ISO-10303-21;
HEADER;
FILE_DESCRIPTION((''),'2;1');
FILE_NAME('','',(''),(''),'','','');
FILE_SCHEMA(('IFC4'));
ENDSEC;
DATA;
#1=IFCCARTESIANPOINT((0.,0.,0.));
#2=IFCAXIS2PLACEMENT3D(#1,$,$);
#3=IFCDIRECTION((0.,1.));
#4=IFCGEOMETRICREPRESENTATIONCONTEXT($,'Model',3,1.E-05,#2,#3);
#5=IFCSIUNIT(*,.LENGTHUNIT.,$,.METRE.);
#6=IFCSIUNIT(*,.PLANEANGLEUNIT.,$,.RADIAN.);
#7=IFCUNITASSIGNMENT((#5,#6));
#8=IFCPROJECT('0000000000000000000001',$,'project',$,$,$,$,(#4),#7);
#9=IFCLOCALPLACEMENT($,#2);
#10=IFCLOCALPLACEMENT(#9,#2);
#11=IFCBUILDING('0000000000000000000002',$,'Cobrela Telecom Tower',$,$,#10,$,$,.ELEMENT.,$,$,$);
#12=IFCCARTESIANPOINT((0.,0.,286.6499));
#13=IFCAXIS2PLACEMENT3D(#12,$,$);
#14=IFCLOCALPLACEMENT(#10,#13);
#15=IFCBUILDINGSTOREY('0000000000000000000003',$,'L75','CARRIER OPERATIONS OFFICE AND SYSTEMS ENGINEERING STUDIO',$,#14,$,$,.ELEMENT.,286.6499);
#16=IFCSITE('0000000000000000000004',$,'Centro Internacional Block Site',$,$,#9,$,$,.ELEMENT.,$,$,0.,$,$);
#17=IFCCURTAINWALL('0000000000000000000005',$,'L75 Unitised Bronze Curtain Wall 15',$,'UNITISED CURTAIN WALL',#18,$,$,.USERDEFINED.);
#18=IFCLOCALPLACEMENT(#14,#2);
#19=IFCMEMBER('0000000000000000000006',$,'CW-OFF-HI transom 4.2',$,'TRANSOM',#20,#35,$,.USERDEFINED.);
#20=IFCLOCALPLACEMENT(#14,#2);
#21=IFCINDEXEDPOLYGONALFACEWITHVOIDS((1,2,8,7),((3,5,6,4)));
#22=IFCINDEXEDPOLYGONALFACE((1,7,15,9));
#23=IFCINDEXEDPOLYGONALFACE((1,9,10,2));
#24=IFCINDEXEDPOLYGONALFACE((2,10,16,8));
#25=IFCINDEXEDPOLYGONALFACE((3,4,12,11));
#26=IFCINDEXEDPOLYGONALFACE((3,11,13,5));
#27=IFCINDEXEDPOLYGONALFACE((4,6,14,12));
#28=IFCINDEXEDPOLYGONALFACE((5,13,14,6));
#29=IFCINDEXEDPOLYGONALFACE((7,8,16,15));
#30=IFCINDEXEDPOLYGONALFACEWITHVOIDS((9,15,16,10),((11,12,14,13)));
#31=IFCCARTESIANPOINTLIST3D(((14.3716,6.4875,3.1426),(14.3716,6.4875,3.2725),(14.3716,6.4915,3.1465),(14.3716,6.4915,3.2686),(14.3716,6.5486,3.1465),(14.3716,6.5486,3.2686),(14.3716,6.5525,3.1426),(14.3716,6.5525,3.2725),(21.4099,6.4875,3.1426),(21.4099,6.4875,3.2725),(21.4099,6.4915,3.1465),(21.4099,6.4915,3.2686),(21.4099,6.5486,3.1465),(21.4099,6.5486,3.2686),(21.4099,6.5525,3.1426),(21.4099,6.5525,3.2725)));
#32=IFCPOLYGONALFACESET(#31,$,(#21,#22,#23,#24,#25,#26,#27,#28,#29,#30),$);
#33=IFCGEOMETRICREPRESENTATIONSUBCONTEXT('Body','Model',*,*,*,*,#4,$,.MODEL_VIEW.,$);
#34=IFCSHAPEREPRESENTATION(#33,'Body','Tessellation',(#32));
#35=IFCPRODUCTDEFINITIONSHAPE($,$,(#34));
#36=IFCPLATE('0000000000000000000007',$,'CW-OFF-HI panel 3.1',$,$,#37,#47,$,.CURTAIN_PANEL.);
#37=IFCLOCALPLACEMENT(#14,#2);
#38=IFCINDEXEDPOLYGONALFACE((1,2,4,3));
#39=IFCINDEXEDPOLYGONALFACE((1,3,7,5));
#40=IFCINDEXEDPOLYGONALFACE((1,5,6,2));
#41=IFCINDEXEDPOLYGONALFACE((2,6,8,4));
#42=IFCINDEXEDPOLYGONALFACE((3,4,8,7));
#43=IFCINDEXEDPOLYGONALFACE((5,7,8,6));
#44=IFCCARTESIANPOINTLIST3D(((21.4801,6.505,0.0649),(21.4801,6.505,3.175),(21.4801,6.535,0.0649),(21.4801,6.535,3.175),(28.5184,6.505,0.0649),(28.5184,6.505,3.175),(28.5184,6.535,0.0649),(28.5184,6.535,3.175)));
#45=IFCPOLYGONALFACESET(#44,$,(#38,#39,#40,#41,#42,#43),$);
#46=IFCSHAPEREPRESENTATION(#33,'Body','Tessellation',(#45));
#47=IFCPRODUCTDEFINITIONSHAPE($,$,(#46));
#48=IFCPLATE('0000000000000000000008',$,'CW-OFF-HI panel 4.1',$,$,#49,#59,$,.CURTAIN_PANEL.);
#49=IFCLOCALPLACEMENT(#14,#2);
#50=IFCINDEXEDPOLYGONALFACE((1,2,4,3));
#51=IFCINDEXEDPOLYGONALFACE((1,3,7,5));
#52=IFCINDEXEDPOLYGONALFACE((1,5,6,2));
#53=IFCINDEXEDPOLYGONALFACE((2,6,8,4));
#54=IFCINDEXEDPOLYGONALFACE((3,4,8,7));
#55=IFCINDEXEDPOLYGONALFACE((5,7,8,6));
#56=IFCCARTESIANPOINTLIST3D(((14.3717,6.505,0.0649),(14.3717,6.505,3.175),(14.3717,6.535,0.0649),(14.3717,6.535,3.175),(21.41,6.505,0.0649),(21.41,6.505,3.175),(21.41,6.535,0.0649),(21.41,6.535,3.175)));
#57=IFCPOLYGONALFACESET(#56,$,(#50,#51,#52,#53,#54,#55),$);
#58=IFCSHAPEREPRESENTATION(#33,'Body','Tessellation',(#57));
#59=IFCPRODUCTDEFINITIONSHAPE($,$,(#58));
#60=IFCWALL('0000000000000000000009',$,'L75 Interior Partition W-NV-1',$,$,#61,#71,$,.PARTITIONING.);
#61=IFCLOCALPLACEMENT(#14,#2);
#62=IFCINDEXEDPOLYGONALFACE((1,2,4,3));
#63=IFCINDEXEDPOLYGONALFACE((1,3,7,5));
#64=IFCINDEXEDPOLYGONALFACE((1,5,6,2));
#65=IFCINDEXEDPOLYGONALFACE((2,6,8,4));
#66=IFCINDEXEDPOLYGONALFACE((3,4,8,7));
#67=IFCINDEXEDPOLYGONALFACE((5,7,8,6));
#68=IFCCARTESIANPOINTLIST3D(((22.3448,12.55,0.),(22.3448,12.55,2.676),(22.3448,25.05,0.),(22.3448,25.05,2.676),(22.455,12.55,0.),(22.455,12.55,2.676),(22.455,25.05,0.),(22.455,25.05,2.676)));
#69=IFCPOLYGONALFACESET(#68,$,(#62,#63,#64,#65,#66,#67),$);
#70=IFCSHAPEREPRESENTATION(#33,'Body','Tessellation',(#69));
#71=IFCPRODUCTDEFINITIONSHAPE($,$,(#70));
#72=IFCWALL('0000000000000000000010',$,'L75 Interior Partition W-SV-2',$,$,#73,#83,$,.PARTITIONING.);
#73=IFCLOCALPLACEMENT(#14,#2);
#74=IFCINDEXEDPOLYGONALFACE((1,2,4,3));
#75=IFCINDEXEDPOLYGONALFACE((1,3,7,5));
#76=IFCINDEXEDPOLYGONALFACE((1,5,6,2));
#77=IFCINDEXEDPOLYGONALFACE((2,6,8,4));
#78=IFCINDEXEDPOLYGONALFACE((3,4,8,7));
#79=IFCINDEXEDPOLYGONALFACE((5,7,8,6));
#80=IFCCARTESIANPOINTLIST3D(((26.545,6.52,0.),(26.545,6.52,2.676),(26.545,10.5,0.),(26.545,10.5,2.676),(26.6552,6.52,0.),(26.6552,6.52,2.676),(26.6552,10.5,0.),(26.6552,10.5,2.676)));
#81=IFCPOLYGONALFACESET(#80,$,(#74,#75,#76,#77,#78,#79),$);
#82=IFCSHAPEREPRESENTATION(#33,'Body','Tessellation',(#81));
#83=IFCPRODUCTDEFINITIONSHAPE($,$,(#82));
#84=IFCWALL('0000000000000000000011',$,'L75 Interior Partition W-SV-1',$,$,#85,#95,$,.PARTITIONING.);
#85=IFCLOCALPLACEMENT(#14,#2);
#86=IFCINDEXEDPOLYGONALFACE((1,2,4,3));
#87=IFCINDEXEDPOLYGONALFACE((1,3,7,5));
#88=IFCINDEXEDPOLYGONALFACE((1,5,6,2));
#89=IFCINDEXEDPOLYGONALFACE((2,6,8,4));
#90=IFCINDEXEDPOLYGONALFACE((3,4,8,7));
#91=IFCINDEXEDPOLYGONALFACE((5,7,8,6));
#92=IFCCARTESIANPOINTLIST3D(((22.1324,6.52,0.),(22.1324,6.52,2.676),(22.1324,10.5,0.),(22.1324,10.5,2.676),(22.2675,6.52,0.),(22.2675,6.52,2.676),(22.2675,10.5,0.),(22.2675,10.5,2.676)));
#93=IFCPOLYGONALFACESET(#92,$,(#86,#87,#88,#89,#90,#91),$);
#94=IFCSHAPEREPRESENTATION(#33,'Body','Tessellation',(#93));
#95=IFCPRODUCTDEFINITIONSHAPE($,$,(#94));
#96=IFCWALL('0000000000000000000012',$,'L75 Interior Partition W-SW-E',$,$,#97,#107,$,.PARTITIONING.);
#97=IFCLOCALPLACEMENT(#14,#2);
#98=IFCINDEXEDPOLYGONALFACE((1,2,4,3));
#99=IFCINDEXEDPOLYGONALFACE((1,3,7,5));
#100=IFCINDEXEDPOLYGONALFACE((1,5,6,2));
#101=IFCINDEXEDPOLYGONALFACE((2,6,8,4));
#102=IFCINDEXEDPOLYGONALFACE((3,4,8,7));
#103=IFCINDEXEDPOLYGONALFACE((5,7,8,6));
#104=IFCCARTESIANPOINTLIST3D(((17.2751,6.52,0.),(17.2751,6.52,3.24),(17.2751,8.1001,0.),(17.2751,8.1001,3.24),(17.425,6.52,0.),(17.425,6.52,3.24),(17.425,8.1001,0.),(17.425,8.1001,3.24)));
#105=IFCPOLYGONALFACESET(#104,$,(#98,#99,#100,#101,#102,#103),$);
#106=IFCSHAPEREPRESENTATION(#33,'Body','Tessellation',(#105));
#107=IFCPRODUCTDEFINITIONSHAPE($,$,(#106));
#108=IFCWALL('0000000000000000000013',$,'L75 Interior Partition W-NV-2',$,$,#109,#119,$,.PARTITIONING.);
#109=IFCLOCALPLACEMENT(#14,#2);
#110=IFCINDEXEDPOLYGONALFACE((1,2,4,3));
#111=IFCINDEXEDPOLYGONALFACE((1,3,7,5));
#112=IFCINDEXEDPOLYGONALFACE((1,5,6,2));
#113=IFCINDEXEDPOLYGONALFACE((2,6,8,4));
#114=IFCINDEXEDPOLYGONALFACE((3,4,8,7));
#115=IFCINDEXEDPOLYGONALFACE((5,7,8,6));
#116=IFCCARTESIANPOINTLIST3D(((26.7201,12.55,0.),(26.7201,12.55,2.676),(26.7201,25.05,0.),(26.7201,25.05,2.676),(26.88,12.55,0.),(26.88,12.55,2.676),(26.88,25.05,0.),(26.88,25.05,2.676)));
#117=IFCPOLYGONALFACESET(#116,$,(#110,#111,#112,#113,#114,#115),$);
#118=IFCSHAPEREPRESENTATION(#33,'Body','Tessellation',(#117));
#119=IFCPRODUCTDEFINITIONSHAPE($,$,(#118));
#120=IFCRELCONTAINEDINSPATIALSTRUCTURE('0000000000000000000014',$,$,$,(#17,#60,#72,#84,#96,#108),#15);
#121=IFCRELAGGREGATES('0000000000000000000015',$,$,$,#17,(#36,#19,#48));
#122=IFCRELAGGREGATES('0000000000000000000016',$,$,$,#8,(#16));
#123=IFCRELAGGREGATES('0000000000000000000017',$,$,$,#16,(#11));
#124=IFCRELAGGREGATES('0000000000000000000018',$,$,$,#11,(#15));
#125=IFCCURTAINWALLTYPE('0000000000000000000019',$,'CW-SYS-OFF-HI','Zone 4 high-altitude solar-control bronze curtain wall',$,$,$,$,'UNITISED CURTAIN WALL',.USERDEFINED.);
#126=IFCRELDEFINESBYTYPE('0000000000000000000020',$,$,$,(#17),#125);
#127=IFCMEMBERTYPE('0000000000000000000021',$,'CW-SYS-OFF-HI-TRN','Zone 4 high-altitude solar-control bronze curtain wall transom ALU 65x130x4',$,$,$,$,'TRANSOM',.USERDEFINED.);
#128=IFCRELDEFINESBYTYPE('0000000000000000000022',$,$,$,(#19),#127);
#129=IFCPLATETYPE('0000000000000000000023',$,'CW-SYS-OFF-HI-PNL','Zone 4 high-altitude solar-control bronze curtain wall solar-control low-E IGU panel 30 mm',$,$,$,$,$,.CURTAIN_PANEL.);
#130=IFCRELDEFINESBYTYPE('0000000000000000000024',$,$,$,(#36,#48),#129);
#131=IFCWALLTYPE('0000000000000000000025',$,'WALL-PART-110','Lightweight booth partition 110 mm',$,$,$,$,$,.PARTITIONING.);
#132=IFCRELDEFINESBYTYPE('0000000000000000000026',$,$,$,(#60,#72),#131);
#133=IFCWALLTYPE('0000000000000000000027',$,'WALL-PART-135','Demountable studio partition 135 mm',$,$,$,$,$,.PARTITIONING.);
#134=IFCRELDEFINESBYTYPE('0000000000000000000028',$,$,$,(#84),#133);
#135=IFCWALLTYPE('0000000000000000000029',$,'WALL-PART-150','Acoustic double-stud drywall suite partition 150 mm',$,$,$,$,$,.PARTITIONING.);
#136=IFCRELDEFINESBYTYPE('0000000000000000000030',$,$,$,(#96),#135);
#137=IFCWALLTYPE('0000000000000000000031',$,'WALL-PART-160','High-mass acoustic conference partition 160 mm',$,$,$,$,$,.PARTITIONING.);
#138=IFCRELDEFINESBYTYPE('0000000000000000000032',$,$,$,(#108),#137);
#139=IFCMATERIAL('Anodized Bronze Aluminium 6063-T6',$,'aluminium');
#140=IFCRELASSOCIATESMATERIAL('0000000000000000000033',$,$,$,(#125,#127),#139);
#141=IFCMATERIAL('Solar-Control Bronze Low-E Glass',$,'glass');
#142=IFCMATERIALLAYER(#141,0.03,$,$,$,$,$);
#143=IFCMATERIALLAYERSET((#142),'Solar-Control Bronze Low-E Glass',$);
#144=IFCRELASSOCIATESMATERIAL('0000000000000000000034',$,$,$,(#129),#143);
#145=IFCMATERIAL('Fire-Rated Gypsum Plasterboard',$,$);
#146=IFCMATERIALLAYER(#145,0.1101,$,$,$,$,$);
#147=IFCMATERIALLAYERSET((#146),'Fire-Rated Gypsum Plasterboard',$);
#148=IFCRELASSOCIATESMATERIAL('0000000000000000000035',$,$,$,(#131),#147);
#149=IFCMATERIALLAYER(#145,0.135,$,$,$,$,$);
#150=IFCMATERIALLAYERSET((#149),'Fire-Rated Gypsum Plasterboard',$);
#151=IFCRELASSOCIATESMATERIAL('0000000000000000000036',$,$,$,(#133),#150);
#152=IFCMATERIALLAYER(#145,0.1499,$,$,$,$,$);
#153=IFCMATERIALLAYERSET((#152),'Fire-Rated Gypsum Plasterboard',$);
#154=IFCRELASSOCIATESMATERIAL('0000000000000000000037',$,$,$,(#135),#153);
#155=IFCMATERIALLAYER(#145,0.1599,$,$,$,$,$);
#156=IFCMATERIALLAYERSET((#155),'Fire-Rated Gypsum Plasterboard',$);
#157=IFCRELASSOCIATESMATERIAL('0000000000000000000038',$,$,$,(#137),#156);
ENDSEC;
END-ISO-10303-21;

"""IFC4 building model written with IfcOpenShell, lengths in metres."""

from ifc_helpers import new_model, si_unit, direction, frame, frame_2d, origin, origin_2d, place, context, subcontext, project, spatial, rectangle, hollow_rectangle, extrude, material, layer, layer_set, material_profile, profile_set, type_object, element, aggregate, save


model = new_model("IFC4")

# Units and contexts
model_context = context("Model", 3, precision=1e-05, world=origin(), true_north=direction((0.0, 1.0)))
body_context = subcontext(model_context, "Body", "Model", "MODEL_VIEW")
ifc_project = project(units=[si_unit("LENGTHUNIT", "METRE"), si_unit("PLANEANGLEUNIT", "RADIAN")], contexts=[model_context])

# Site, building, storey
site_placement = place(None, origin())
site = spatial("IfcSite", under=ifc_project, at=site_placement, Name="Centro Internacional Block Site", CompositionType="ELEMENT", RefElevation=0.0)
building_placement = place(site_placement, origin())
building = spatial("IfcBuilding", under=site, at=building_placement, Name="Cobrela Telecom Tower", CompositionType="ELEMENT")
storey_placement = place(building_placement, frame((0.0, 0.0, 286.6499)))
storey = spatial("IfcBuildingStorey", under=building, at=storey_placement, Name="L75", Description="CARRIER OPERATIONS OFFICE AND SYSTEMS ENGINEERING STUDIO", CompositionType="ELEMENT", Elevation=286.6499)

# Curtain wall, member, plates
ifc_material_1 = material(Name="Anodized Bronze Aluminium 6063-T6", Category="aluminium")
curtain_wall_type = type_object("IfcCurtainWallType", Name="CW-SYS-OFF-HI", Description="Zone 4 high-altitude solar-control bronze curtain wall", ElementType="UNITISED CURTAIN WALL", PredefinedType="USERDEFINED", material=ifc_material_1)
curtain_wall_placement = place(storey_placement, origin())
curtain_wall = element("IfcCurtainWall", 1, at=curtain_wall_placement, inside=storey, type_object=curtain_wall_type, Name="L75 Unitised Bronze Curtain Wall 15", ObjectType="UNITISED CURTAIN WALL", PredefinedType="USERDEFINED")
ifc_material_profile_1 = material_profile(ifc_material_1, hollow_rectangle(XDim=0.0649, YDim=0.1299, WallThickness=0.0039, at=origin_2d()), Name="ALU 65x130x4")
ifc_profile_set_1 = profile_set([ifc_material_profile_1], Name="Anodized Bronze Aluminium 6063-T6")
member_type_1 = type_object("IfcMemberType", Name="CW-SYS-OFF-HI-TRN", Description="Zone 4 high-altitude solar-control bronze curtain wall transom ALU 65x130x4", ElementType="TRANSOM", PredefinedType="USERDEFINED", material=ifc_profile_set_1)
member_1_placement = place(storey_placement, frame((21.4099, 6.52, 3.2075), z_axis=(-1.0, 0.0, 0.0), x_axis=(0.0, -1.0, 0.0)))
member_1 = element("IfcMember", 2, at=member_1_placement, type_object=member_type_1, Name="CW-OFF-HI transom 4.2", ObjectType="TRANSOM", PredefinedType="USERDEFINED", context=body_context, shape_type="SweptSolid", body=[
    extrude(hollow_rectangle(XDim=0.0649, YDim=0.1299, WallThickness=0.0039, at=origin_2d()), origin(), (0.0, 0.0, 1.0), 7.0383),
])
ifc_material_2 = material(Name="Solar-Control Bronze Low-E Glass", Category="glass")
ifc_layer_1 = layer(ifc_material_2, 0.03)
ifc_layer_set_1 = layer_set([ifc_layer_1], Name="Solar-Control Bronze Low-E Glass")
plate_type = type_object("IfcPlateType", Name="CW-SYS-OFF-HI-PNL", Description="Zone 4 high-altitude solar-control bronze curtain wall solar-control low-E IGU panel 30 mm", PredefinedType="CURTAIN_PANEL", material=ifc_layer_set_1)
plate_1_placement = place(storey_placement, frame((24.9993, 6.52, 0.0649), z_axis=(0.0, 0.0, 1.0), x_axis=(-1.0, 0.0, 0.0)))
plate_1 = element("IfcPlate", 3, at=plate_1_placement, type_object=plate_type, Name="CW-OFF-HI panel 3.1", PredefinedType="CURTAIN_PANEL", context=body_context, shape_type="SweptSolid", body=[
    extrude(rectangle(XDim=7.0383, YDim=0.03, at=origin_2d()), origin(), (0.0, 0.0, 1.0), 3.1101),
])
plate_2_placement = place(storey_placement, frame((17.8909, 6.52, 0.0649), z_axis=(0.0, 0.0, 1.0), x_axis=(-1.0, 0.0, 0.0)))
plate_2 = element("IfcPlate", 4, at=plate_2_placement, type_object=plate_type, Name="CW-OFF-HI panel 4.1", PredefinedType="CURTAIN_PANEL", context=body_context, shape_type="SweptSolid", body=[
    extrude(rectangle(XDim=7.0383, YDim=0.03, at=origin_2d()), origin(), (0.0, 0.0, 1.0), 3.1101),
])
aggregate(curtain_wall, [plate_1, member_1, plate_2])

# Shared definitions
ifc_material_3 = material(Name="Fire-Rated Gypsum Plasterboard")
ifc_layer_2 = layer(ifc_material_3, 0.1101)
ifc_layer_set_2 = layer_set([ifc_layer_2], Name="Fire-Rated Gypsum Plasterboard")
wall_type_1 = type_object("IfcWallType", Name="WALL-PART-110", Description="Lightweight booth partition 110 mm", PredefinedType="PARTITIONING", material=ifc_layer_set_2)

# Walls
wall_1_placement = place(storey_placement, frame((22.3999, 12.55, 0.0), z_axis=(0.0, 0.0, 1.0), x_axis=(0.0, 1.0, 0.0)))
element("IfcWall", 5, at=wall_1_placement, inside=storey, type_object=wall_type_1, Name="L75 Interior Partition W-NV-1", PredefinedType="PARTITIONING", context=body_context, shape_type="SweptSolid", body=[
    extrude(rectangle(XDim=12.5, YDim=0.1101, at=frame_2d((6.25, 0.0))), origin(), (0.0, 0.0, 1.0), 2.676),
])
wall_2_placement = place(storey_placement, frame((26.6001, 6.52, 0.0), z_axis=(0.0, 0.0, 1.0), x_axis=(0.0, 1.0, 0.0)))
element("IfcWall", 6, at=wall_2_placement, inside=storey, type_object=wall_type_1, Name="L75 Interior Partition W-SV-2", PredefinedType="PARTITIONING", context=body_context, shape_type="SweptSolid", body=[
    extrude(rectangle(XDim=3.98, YDim=0.1101, at=frame_2d((1.99, 0.0))), origin(), (0.0, 0.0, 1.0), 2.676),
])
ifc_layer_3 = layer(ifc_material_3, 0.135)
ifc_layer_set_3 = layer_set([ifc_layer_3], Name="Fire-Rated Gypsum Plasterboard")
wall_type_2 = type_object("IfcWallType", Name="WALL-PART-135", Description="Demountable studio partition 135 mm", PredefinedType="PARTITIONING", material=ifc_layer_set_3)
wall_3_placement = place(storey_placement, frame((22.2, 6.52, 0.0), z_axis=(0.0, 0.0, 1.0), x_axis=(0.0, 1.0, 0.0)))
element("IfcWall", 7, at=wall_3_placement, inside=storey, type_object=wall_type_2, Name="L75 Interior Partition W-SV-1", PredefinedType="PARTITIONING", context=body_context, shape_type="SweptSolid", body=[
    extrude(rectangle(XDim=3.98, YDim=0.135, at=frame_2d((1.99, 0.0))), origin(), (0.0, 0.0, 1.0), 2.676),
])
ifc_layer_4 = layer(ifc_material_3, 0.1499)
ifc_layer_set_4 = layer_set([ifc_layer_4], Name="Fire-Rated Gypsum Plasterboard")
wall_type_3 = type_object("IfcWallType", Name="WALL-PART-150", Description="Acoustic double-stud drywall suite partition 150 mm", PredefinedType="PARTITIONING", material=ifc_layer_set_4)
wall_4_placement = place(storey_placement, frame((17.3501, 6.52, 0.0), z_axis=(0.0, 0.0, 1.0), x_axis=(0.0, 1.0, 0.0)))
element("IfcWall", 8, at=wall_4_placement, inside=storey, type_object=wall_type_3, Name="L75 Interior Partition W-SW-E", PredefinedType="PARTITIONING", context=body_context, shape_type="SweptSolid", body=[
    extrude(rectangle(XDim=1.5801, YDim=0.1499, at=frame_2d((0.79, 0.0))), origin(), (0.0, 0.0, 1.0), 3.24),
])
ifc_layer_5 = layer(ifc_material_3, 0.1599)
ifc_layer_set_5 = layer_set([ifc_layer_5], Name="Fire-Rated Gypsum Plasterboard")
wall_type_4 = type_object("IfcWallType", Name="WALL-PART-160", Description="High-mass acoustic conference partition 160 mm", PredefinedType="PARTITIONING", material=ifc_layer_set_5)
wall_5_placement = place(storey_placement, frame((26.8, 12.55, 0.0), z_axis=(0.0, 0.0, 1.0), x_axis=(0.0, 1.0, 0.0)))
element("IfcWall", 9, at=wall_5_placement, inside=storey, type_object=wall_type_4, Name="L75 Interior Partition W-NV-2", PredefinedType="PARTITIONING", context=body_context, shape_type="SweptSolid", body=[
    extrude(rectangle(XDim=12.5, YDim=0.1599, at=frame_2d((6.25, 0.0))), origin(), (0.0, 0.0, 1.0), 2.676),
])

save(model, "model.ifc")
